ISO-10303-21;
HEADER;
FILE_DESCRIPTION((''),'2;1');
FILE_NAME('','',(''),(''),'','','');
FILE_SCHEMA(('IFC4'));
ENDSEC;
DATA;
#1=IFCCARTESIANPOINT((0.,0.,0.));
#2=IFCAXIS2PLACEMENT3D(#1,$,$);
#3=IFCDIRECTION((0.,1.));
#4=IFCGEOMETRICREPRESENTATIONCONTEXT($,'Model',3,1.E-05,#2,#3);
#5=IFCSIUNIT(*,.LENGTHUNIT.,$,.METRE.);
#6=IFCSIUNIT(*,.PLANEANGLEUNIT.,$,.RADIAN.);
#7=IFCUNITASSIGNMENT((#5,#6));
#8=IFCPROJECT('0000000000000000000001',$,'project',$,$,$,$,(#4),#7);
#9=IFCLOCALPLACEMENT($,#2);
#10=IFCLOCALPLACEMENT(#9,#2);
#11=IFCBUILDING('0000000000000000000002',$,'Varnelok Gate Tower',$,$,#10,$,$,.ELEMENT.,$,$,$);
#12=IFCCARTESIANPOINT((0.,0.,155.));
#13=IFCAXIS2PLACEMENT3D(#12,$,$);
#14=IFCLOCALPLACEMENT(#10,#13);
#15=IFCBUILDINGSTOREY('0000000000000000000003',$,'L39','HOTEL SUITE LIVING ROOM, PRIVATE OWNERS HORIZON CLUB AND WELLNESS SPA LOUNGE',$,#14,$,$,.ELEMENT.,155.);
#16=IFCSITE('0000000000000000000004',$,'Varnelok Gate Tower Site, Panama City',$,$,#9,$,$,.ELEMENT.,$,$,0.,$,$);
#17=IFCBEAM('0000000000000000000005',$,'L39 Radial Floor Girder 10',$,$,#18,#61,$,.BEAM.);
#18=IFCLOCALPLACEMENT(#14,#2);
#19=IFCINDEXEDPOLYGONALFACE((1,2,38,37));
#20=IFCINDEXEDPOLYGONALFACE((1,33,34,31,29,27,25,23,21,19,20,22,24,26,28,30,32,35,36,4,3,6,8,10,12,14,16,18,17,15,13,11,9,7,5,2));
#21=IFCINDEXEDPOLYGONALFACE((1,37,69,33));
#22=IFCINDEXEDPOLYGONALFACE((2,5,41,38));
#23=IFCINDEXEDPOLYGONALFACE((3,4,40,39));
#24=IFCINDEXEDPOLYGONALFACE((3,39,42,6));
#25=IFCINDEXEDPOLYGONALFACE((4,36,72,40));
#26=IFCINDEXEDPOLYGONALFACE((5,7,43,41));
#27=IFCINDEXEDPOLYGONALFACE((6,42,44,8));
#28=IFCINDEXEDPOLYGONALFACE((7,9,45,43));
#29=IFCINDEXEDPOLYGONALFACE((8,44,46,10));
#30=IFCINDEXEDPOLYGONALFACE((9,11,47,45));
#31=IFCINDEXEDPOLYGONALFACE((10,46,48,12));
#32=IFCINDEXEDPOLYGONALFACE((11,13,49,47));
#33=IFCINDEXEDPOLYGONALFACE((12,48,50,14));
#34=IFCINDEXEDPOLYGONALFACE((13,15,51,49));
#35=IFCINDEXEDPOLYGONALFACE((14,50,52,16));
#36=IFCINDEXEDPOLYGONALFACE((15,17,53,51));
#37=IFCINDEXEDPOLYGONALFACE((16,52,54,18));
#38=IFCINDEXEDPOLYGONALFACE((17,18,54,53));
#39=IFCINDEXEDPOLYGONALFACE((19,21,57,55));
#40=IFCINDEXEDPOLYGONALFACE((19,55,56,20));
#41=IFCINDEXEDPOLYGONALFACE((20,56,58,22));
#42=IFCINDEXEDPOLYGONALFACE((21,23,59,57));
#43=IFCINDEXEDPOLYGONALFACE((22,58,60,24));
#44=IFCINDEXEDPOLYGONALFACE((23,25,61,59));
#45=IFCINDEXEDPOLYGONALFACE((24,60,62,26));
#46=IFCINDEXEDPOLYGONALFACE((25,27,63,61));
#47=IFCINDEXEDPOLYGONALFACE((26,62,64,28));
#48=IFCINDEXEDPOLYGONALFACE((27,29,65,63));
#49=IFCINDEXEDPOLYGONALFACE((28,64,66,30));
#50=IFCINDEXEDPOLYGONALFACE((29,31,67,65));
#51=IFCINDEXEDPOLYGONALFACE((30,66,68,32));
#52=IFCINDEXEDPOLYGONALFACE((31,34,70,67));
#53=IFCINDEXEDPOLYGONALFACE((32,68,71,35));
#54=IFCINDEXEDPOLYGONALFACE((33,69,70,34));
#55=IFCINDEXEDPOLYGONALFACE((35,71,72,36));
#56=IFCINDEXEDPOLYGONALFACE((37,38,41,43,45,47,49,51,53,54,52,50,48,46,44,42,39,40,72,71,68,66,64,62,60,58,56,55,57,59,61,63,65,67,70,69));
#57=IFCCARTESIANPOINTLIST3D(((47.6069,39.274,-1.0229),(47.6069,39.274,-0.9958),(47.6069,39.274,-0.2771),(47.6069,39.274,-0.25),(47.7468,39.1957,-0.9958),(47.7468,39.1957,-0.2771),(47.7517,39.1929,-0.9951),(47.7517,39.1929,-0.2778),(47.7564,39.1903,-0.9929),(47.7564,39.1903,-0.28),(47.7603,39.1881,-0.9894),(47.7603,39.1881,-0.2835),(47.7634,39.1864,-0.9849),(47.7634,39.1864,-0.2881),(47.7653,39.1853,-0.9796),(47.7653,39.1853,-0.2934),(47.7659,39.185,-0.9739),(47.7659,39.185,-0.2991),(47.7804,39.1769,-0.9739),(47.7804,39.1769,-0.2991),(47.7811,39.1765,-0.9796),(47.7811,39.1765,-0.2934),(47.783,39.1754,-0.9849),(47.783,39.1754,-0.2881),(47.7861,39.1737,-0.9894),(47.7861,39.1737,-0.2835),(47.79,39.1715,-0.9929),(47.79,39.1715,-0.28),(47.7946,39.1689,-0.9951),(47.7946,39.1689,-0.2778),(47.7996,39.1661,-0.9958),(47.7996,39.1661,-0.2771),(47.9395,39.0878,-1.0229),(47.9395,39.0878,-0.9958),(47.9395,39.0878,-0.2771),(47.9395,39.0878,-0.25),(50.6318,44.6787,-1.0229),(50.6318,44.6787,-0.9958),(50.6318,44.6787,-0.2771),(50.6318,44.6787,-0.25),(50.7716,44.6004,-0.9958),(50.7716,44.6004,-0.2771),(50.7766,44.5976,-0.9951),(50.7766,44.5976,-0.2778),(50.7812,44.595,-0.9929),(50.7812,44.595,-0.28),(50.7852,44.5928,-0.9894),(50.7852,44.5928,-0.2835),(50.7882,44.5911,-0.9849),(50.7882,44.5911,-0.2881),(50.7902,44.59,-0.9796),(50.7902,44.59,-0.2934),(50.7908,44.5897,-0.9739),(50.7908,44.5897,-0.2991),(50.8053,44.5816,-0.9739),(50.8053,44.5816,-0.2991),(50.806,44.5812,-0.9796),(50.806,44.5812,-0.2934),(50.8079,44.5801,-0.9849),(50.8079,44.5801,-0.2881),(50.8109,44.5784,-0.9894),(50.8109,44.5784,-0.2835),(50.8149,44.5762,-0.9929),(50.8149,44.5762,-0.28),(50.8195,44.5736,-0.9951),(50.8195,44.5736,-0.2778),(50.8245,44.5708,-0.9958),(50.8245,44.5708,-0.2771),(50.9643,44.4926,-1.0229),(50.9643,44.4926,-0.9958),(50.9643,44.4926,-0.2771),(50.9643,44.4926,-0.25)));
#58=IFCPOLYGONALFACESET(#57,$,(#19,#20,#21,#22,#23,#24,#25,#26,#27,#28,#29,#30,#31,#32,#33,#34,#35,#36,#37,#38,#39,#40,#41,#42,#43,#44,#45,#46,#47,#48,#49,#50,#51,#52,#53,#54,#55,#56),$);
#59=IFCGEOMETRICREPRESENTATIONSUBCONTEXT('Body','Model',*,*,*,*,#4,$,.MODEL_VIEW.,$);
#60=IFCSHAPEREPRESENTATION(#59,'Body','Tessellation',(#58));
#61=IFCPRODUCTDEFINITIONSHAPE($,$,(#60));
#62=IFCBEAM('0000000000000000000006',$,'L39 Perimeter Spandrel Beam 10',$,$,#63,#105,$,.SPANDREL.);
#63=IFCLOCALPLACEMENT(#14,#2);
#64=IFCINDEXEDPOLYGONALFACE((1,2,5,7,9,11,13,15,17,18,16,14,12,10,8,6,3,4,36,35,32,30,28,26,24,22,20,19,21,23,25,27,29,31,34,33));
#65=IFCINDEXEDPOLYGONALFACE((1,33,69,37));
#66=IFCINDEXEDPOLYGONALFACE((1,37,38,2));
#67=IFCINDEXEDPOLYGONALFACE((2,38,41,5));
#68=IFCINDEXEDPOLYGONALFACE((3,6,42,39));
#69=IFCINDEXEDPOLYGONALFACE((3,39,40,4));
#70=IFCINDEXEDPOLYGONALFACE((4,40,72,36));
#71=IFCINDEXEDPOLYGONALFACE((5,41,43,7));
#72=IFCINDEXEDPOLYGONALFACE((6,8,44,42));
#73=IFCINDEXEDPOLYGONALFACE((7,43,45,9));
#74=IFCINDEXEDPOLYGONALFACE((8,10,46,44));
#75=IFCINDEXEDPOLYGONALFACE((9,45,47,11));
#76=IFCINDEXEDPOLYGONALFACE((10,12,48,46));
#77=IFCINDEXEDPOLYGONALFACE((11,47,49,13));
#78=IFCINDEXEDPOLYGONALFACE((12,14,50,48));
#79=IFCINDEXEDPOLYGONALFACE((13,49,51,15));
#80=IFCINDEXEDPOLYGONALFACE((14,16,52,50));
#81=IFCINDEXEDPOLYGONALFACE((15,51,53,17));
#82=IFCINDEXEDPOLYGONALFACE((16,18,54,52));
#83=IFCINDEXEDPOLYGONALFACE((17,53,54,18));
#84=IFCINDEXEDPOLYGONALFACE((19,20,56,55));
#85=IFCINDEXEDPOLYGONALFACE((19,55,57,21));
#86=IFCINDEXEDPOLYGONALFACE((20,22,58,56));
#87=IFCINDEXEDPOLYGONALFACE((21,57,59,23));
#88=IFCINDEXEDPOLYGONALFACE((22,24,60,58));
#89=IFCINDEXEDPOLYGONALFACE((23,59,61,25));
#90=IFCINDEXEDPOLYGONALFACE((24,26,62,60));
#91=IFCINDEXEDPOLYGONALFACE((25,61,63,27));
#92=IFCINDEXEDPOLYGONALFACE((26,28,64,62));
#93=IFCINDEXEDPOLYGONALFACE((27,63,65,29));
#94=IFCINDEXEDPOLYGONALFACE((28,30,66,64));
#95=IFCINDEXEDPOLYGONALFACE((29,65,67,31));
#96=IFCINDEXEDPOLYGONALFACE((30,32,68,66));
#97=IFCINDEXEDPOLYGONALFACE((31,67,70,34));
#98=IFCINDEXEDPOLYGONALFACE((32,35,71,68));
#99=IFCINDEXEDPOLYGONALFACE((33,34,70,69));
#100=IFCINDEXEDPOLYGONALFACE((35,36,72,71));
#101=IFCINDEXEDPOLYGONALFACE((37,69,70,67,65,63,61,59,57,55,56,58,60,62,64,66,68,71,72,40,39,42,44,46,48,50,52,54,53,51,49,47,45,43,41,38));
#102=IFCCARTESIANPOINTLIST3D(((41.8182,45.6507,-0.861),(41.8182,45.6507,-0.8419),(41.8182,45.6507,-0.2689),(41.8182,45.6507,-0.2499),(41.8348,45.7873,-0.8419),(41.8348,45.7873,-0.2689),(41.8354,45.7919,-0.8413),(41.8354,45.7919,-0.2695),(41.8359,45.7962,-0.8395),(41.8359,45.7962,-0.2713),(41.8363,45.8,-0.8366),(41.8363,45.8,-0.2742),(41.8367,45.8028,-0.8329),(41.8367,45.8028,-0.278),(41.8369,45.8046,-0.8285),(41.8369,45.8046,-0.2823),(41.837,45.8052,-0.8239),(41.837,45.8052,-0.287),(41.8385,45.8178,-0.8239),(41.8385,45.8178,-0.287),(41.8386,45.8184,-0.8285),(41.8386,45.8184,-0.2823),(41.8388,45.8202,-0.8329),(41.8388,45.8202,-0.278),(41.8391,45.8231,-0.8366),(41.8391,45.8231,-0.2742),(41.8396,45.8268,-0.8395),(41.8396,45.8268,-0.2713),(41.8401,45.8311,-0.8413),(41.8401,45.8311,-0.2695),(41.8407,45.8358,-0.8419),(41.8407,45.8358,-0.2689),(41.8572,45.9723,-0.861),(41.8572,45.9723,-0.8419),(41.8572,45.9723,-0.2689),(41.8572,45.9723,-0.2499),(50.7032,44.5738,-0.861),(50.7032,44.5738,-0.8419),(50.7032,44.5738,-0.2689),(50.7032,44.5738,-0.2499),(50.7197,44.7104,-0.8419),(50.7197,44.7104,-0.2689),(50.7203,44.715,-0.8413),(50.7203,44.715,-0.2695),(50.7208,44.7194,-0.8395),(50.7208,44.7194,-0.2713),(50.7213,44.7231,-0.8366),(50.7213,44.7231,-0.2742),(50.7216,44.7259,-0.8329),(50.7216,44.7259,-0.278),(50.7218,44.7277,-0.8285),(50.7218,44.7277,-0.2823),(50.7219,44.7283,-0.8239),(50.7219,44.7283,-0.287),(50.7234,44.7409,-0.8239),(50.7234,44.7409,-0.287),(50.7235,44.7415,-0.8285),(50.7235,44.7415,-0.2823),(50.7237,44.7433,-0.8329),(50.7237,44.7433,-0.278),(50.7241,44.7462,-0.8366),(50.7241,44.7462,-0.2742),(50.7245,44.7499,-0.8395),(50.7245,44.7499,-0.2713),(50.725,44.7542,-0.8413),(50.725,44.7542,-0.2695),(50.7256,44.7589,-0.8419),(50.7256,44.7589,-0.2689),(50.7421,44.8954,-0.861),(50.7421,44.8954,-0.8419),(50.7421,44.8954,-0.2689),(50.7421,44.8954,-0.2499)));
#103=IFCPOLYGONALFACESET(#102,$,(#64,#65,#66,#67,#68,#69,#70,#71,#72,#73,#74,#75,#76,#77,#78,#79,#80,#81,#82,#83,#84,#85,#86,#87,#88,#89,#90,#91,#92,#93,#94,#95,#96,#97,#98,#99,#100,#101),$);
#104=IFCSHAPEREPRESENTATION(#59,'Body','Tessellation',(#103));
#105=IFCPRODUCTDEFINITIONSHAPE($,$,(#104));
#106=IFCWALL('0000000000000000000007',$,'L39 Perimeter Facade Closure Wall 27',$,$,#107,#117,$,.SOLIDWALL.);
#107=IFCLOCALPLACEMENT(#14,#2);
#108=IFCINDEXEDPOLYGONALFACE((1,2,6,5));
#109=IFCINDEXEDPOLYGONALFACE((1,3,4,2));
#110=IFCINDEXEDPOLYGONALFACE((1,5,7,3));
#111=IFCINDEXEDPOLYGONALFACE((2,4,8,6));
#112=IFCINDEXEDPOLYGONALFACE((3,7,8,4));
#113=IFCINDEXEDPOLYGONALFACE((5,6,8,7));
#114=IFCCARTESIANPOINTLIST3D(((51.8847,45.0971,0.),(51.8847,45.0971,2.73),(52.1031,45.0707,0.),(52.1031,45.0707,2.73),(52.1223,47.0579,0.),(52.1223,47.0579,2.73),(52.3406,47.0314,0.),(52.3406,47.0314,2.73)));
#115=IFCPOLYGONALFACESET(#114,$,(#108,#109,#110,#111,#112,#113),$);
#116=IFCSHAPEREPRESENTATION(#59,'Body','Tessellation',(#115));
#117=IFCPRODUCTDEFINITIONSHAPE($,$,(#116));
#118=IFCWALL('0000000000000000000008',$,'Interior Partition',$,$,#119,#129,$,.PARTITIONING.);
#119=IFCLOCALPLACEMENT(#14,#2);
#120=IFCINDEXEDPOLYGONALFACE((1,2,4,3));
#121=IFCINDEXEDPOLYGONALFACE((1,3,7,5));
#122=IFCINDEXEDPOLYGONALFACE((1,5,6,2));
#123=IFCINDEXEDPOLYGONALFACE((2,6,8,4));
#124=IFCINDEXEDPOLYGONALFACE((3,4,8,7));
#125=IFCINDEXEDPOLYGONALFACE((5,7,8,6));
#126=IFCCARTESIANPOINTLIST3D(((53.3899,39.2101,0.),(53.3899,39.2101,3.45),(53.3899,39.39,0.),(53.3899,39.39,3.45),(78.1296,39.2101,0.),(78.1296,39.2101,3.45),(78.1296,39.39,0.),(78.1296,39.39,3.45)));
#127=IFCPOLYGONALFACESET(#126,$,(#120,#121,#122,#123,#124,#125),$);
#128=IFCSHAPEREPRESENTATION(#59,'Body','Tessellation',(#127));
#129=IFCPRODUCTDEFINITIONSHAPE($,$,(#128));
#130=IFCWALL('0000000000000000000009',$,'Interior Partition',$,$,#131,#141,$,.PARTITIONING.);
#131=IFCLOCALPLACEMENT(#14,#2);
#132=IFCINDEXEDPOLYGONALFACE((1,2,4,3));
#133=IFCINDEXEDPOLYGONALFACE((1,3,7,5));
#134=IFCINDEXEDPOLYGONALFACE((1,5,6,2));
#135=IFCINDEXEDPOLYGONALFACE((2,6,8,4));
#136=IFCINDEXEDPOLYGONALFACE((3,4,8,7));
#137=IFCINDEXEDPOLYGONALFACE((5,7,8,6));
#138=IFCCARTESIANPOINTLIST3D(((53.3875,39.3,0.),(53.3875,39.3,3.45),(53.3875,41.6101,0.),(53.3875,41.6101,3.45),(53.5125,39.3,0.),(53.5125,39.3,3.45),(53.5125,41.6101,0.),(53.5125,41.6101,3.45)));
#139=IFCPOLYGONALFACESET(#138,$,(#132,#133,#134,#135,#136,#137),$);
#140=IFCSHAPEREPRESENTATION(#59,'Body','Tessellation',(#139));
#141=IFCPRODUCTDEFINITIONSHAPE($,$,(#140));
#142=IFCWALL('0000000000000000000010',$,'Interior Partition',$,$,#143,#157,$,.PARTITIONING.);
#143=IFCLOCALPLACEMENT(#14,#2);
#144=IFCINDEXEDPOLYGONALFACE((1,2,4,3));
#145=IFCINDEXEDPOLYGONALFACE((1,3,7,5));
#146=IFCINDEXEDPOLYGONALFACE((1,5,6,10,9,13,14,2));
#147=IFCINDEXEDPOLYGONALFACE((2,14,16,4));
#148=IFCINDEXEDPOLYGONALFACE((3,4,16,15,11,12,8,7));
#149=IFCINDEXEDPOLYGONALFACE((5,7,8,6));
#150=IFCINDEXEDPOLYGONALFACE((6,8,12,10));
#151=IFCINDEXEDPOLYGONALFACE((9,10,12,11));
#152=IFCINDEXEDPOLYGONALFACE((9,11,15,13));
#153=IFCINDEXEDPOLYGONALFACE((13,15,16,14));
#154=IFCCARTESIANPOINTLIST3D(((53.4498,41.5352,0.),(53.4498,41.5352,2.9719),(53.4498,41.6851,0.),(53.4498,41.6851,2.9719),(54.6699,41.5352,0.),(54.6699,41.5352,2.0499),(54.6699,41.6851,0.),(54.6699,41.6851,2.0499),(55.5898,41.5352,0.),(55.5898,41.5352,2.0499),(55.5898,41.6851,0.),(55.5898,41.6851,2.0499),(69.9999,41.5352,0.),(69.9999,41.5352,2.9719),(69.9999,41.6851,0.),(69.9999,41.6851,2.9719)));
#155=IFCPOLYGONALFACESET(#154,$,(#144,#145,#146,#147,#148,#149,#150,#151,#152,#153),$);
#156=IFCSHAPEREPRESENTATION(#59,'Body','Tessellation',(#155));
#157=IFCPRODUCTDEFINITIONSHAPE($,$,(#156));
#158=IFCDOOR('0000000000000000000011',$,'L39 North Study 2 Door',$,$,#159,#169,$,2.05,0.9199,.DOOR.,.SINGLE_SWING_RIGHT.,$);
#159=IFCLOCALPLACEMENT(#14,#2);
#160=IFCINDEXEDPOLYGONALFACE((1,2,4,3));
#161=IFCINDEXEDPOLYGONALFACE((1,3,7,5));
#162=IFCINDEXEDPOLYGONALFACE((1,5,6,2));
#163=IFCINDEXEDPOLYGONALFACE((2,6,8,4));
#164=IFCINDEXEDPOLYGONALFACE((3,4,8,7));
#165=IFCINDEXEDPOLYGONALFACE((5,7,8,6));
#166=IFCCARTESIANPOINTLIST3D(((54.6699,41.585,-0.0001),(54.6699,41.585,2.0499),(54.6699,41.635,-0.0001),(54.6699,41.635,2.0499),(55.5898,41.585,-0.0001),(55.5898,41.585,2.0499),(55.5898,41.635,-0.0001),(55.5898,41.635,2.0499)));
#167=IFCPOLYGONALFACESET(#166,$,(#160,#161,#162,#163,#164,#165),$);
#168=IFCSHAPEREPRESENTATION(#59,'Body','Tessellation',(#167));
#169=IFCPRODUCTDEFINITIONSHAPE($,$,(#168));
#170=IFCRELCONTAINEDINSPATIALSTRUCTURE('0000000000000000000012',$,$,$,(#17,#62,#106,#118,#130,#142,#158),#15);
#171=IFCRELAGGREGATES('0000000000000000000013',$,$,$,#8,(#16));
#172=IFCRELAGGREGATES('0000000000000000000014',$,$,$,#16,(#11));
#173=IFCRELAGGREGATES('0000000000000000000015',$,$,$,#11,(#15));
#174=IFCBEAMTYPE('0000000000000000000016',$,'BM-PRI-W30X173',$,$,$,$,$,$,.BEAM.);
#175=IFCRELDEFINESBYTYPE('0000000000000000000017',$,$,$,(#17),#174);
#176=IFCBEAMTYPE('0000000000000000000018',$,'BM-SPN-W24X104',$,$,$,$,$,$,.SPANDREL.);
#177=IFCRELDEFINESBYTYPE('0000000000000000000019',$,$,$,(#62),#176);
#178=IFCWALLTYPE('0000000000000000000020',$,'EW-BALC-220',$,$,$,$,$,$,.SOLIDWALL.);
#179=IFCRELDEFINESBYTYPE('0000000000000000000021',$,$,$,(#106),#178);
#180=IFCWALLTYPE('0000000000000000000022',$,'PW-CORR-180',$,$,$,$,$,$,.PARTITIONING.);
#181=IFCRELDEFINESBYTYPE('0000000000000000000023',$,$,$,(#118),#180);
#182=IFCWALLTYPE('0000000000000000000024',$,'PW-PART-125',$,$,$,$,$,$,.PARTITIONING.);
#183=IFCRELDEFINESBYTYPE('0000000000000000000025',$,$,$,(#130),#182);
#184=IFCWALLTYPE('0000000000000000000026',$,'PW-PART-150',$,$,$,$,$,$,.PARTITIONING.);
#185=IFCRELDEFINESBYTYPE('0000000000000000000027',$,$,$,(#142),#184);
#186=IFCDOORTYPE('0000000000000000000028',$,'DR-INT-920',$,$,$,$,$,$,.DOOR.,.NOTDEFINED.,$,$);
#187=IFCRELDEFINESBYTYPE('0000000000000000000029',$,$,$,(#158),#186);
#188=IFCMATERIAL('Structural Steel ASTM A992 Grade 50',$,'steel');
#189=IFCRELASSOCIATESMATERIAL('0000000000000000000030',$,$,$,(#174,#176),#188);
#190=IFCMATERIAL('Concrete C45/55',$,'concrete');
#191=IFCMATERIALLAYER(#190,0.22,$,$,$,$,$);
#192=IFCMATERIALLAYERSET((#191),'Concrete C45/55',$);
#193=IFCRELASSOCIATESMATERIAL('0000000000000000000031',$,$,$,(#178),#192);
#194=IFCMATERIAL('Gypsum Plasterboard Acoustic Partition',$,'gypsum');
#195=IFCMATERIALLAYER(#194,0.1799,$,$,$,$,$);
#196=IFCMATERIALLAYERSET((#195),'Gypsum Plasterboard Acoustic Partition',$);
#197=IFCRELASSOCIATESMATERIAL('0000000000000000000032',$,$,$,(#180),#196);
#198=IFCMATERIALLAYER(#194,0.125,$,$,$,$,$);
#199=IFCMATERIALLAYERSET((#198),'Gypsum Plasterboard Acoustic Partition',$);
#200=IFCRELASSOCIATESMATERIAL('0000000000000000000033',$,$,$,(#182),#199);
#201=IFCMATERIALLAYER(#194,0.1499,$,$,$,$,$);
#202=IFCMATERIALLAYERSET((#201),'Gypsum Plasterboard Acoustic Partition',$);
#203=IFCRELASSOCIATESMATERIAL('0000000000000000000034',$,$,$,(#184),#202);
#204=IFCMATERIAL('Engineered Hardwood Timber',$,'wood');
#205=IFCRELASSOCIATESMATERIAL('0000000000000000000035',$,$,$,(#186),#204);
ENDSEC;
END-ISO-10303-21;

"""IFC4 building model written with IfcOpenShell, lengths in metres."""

from ifc_helpers import new_model, si_unit, direction, frame, frame_2d, origin, origin_2d, place, context, subcontext, project, spatial, rectangle, i_section, extrude, material, layer, layer_set, material_profile, profile_set, type_object, element, fill, save


model = new_model("IFC4")

# Units and contexts
model_context = context("Model", 3, precision=1e-05, world=origin(), true_north=direction((0.0, 1.0)))
body_context = subcontext(model_context, "Body", "Model", "MODEL_VIEW")
ifc_project = project(units=[si_unit("LENGTHUNIT", "METRE"), si_unit("PLANEANGLEUNIT", "RADIAN")], contexts=[model_context])

# Site, building, storey
site_placement = place(None, origin())
site = spatial("IfcSite", under=ifc_project, at=site_placement, Name="Varnelok Gate Tower Site, Panama City", CompositionType="ELEMENT", RefElevation=0.0)
building_placement = place(site_placement, origin())
building = spatial("IfcBuilding", under=site, at=building_placement, Name="Varnelok Gate Tower", CompositionType="ELEMENT")
storey_placement = place(building_placement, frame((0.0, 0.0, 155.0)))
storey = spatial("IfcBuildingStorey", under=building, at=storey_placement, Name="L39", Description="HOTEL SUITE LIVING ROOM, PRIVATE OWNERS HORIZON CLUB AND WELLNESS SPA LOUNGE", CompositionType="ELEMENT", Elevation=155.0)

# Shared definitions
ifc_material_1 = material(Name="Structural Steel ASTM A992 Grade 50", Category="steel")

# Beams
ifc_material_profile_1 = material_profile(ifc_material_1, i_section(OverallWidth=0.3811, OverallDepth=0.7729, WebThickness=0.0166, FlangeThickness=0.0271, FilletRadius=0.022, at=origin_2d()), Name="W30X173")
ifc_profile_set_1 = profile_set([ifc_material_profile_1], Name="Structural Steel ASTM A992 Grade 50")
beam_type_1 = type_object("IfcBeamType", Name="BM-PRI-W30X173", PredefinedType="BEAM", material=ifc_profile_set_1)
beam_1_placement = place(storey_placement, frame((47.7732, 39.1809, -0.6365), z_axis=(0.488385, 0.872628, 0.0), x_axis=(-0.872628, 0.488385, 0.0)))
element("IfcBeam", 1, at=beam_1_placement, inside=storey, type_object=beam_type_1, Name="L39 Radial Floor Girder 10", PredefinedType="BEAM", context=body_context, shape_type="SweptSolid", body=[
    extrude(i_section(OverallWidth=0.3811, OverallDepth=0.7729, WebThickness=0.0166, FlangeThickness=0.0271, FilletRadius=0.022, at=origin_2d()), origin(), (0.0, 0.0, 1.0), 6.1936),
])
ifc_material_profile_2 = material_profile(ifc_material_1, i_section(OverallWidth=0.324, OverallDepth=0.6111, WebThickness=0.0127, FlangeThickness=0.019, FilletRadius=0.0181, at=origin_2d()), Name="W24X104")
ifc_profile_set_2 = profile_set([ifc_material_profile_2], Name="Structural Steel ASTM A992 Grade 50")
beam_type_2 = type_object("IfcBeamType", Name="BM-SPN-W24X104", PredefinedType="SPANDREL", material=ifc_profile_set_2)
beam_2_placement = place(storey_placement, frame((50.7227, 44.7346, -0.5554), z_axis=(-0.992735, 0.120324, 0.0), x_axis=(-0.120324, -0.992735, 0.0)))
element("IfcBeam", 2, at=beam_2_placement, inside=storey, type_object=beam_type_2, Name="L39 Perimeter Spandrel Beam 10", PredefinedType="SPANDREL", context=body_context, shape_type="SweptSolid", body=[
    extrude(i_section(OverallWidth=0.324, OverallDepth=0.6111, WebThickness=0.0127, FlangeThickness=0.019, FilletRadius=0.0181, at=origin_2d()), origin(), (0.0, 0.0, 1.0), 8.95),
])

# Walls
ifc_material_2 = material(Name="Concrete C45/55", Category="concrete")
ifc_layer_1 = layer(ifc_material_2, 0.22)
ifc_layer_set_1 = layer_set([ifc_layer_1], Name="Concrete C45/55")
wall_type_1 = type_object("IfcWallType", Name="EW-BALC-220", PredefinedType="SOLIDWALL", material=ifc_layer_set_1)
wall_1_placement = place(storey_placement, frame((52.2314, 47.0447, 0.0), z_axis=(0.0, 0.0, 1.0), x_axis=(-0.120276, -0.99274, 0.0)))
element("IfcWall", 3, at=wall_1_placement, inside=storey, type_object=wall_type_1, Name="L39 Perimeter Facade Closure Wall 27", PredefinedType="SOLIDWALL", context=body_context, shape_type="SweptSolid", body=[
    extrude(rectangle(XDim=1.9751, YDim=0.22, at=frame_2d((0.9875, 0.0))), origin(), (0.0, 0.0, 1.0), 2.73),
])
ifc_material_3 = material(Name="Gypsum Plasterboard Acoustic Partition", Category="gypsum")
ifc_layer_2 = layer(ifc_material_3, 0.1799)
ifc_layer_set_2 = layer_set([ifc_layer_2], Name="Gypsum Plasterboard Acoustic Partition")
wall_type_2 = type_object("IfcWallType", Name="PW-CORR-180", PredefinedType="PARTITIONING", material=ifc_layer_set_2)
wall_2_placement = place(storey_placement, frame((53.3899, 39.3, 0.0), z_axis=(0.0, 0.0, 1.0), x_axis=(1.0, 0.0, 0.0)))
element("IfcWall", 4, at=wall_2_placement, inside=storey, type_object=wall_type_2, Name="Interior Partition", PredefinedType="PARTITIONING", context=body_context, shape_type="SweptSolid", body=[
    extrude(rectangle(XDim=24.7397, YDim=0.1799, at=frame_2d((12.3699, 0.0))), origin(), (0.0, 0.0, 1.0), 3.45),
])
ifc_layer_3 = layer(ifc_material_3, 0.125)
ifc_layer_set_3 = layer_set([ifc_layer_3], Name="Gypsum Plasterboard Acoustic Partition")
wall_type_3 = type_object("IfcWallType", Name="PW-PART-125", PredefinedType="PARTITIONING", material=ifc_layer_set_3)
wall_3_placement = place(storey_placement, frame((53.45, 39.3, 0.0), z_axis=(0.0, 0.0, 1.0), x_axis=(0.0, 1.0, 0.0)))
element("IfcWall", 5, at=wall_3_placement, inside=storey, type_object=wall_type_3, Name="Interior Partition", PredefinedType="PARTITIONING", context=body_context, shape_type="SweptSolid", body=[
    extrude(rectangle(XDim=2.3101, YDim=0.125, at=frame_2d((1.155, 0.0))), origin(), (0.0, 0.0, 1.0), 3.45),
])

# Wall, opening, door
ifc_layer_4 = layer(ifc_material_3, 0.1499)
ifc_layer_set_4 = layer_set([ifc_layer_4], Name="Gypsum Plasterboard Acoustic Partition")
wall_type_4 = type_object("IfcWallType", Name="PW-PART-150", PredefinedType="PARTITIONING", material=ifc_layer_set_4)
wall_4_placement = place(storey_placement, frame((53.45, 41.6101, 0.0), z_axis=(0.0, 0.0, 1.0), x_axis=(1.0, 0.0, 0.0)))
wall_4 = element("IfcWall", 6, at=wall_4_placement, inside=storey, type_object=wall_type_4, Name="Interior Partition", PredefinedType="PARTITIONING", context=body_context, shape_type="SweptSolid", body=[
    extrude(rectangle(XDim=16.55, YDim=0.1499, at=frame_2d((8.2749, 0.0))), origin(), (0.0, 0.0, 1.0), 2.9719),
])
opening_1_placement = place(wall_4_placement, frame((1.22, 0.0, 0.0)))
opening_1 = element("IfcOpeningElement", 7, at=opening_1_placement, cuts=wall_4, PredefinedType="OPENING", context=body_context, shape_type="SweptSolid", body=[
    extrude(rectangle(XDim=0.9199, YDim=2.05, at=frame_2d((0.46, 1.0249))), frame((0.0, 0.085, 0.0), z_axis=(0.0, -1.0, 0.0), x_axis=(1.0, 0.0, 0.0)), (0.0, 0.0, 1.0), 0.1699),
])
ifc_material_4 = material(Name="Engineered Hardwood Timber", Category="wood")
door_type_1 = type_object("IfcDoorType", Name="DR-INT-920", OperationType="NOTDEFINED", PredefinedType="DOOR", material=ifc_material_4)
door_1_placement = place(opening_1_placement, origin())
door_1 = element("IfcDoor", 8, at=door_1_placement, inside=storey, type_object=door_type_1, Name="L39 North Study 2 Door", OperationType="SINGLE_SWING_RIGHT", OverallHeight=2.05, OverallWidth=0.9199, PredefinedType="DOOR", context=body_context, shape_type="SweptSolid", body=[
    extrude(rectangle(XDim=0.9199, YDim=2.05, at=frame_2d((0.46, 1.0249))), frame((0.0, 0.0249, 0.0), z_axis=(0.0, -1.0, 0.0), x_axis=(1.0, 0.0, 0.0)), (0.0, 0.0, 1.0), 0.05),
])
fill(opening_1, door_1)

save(model, "model.ifc")
